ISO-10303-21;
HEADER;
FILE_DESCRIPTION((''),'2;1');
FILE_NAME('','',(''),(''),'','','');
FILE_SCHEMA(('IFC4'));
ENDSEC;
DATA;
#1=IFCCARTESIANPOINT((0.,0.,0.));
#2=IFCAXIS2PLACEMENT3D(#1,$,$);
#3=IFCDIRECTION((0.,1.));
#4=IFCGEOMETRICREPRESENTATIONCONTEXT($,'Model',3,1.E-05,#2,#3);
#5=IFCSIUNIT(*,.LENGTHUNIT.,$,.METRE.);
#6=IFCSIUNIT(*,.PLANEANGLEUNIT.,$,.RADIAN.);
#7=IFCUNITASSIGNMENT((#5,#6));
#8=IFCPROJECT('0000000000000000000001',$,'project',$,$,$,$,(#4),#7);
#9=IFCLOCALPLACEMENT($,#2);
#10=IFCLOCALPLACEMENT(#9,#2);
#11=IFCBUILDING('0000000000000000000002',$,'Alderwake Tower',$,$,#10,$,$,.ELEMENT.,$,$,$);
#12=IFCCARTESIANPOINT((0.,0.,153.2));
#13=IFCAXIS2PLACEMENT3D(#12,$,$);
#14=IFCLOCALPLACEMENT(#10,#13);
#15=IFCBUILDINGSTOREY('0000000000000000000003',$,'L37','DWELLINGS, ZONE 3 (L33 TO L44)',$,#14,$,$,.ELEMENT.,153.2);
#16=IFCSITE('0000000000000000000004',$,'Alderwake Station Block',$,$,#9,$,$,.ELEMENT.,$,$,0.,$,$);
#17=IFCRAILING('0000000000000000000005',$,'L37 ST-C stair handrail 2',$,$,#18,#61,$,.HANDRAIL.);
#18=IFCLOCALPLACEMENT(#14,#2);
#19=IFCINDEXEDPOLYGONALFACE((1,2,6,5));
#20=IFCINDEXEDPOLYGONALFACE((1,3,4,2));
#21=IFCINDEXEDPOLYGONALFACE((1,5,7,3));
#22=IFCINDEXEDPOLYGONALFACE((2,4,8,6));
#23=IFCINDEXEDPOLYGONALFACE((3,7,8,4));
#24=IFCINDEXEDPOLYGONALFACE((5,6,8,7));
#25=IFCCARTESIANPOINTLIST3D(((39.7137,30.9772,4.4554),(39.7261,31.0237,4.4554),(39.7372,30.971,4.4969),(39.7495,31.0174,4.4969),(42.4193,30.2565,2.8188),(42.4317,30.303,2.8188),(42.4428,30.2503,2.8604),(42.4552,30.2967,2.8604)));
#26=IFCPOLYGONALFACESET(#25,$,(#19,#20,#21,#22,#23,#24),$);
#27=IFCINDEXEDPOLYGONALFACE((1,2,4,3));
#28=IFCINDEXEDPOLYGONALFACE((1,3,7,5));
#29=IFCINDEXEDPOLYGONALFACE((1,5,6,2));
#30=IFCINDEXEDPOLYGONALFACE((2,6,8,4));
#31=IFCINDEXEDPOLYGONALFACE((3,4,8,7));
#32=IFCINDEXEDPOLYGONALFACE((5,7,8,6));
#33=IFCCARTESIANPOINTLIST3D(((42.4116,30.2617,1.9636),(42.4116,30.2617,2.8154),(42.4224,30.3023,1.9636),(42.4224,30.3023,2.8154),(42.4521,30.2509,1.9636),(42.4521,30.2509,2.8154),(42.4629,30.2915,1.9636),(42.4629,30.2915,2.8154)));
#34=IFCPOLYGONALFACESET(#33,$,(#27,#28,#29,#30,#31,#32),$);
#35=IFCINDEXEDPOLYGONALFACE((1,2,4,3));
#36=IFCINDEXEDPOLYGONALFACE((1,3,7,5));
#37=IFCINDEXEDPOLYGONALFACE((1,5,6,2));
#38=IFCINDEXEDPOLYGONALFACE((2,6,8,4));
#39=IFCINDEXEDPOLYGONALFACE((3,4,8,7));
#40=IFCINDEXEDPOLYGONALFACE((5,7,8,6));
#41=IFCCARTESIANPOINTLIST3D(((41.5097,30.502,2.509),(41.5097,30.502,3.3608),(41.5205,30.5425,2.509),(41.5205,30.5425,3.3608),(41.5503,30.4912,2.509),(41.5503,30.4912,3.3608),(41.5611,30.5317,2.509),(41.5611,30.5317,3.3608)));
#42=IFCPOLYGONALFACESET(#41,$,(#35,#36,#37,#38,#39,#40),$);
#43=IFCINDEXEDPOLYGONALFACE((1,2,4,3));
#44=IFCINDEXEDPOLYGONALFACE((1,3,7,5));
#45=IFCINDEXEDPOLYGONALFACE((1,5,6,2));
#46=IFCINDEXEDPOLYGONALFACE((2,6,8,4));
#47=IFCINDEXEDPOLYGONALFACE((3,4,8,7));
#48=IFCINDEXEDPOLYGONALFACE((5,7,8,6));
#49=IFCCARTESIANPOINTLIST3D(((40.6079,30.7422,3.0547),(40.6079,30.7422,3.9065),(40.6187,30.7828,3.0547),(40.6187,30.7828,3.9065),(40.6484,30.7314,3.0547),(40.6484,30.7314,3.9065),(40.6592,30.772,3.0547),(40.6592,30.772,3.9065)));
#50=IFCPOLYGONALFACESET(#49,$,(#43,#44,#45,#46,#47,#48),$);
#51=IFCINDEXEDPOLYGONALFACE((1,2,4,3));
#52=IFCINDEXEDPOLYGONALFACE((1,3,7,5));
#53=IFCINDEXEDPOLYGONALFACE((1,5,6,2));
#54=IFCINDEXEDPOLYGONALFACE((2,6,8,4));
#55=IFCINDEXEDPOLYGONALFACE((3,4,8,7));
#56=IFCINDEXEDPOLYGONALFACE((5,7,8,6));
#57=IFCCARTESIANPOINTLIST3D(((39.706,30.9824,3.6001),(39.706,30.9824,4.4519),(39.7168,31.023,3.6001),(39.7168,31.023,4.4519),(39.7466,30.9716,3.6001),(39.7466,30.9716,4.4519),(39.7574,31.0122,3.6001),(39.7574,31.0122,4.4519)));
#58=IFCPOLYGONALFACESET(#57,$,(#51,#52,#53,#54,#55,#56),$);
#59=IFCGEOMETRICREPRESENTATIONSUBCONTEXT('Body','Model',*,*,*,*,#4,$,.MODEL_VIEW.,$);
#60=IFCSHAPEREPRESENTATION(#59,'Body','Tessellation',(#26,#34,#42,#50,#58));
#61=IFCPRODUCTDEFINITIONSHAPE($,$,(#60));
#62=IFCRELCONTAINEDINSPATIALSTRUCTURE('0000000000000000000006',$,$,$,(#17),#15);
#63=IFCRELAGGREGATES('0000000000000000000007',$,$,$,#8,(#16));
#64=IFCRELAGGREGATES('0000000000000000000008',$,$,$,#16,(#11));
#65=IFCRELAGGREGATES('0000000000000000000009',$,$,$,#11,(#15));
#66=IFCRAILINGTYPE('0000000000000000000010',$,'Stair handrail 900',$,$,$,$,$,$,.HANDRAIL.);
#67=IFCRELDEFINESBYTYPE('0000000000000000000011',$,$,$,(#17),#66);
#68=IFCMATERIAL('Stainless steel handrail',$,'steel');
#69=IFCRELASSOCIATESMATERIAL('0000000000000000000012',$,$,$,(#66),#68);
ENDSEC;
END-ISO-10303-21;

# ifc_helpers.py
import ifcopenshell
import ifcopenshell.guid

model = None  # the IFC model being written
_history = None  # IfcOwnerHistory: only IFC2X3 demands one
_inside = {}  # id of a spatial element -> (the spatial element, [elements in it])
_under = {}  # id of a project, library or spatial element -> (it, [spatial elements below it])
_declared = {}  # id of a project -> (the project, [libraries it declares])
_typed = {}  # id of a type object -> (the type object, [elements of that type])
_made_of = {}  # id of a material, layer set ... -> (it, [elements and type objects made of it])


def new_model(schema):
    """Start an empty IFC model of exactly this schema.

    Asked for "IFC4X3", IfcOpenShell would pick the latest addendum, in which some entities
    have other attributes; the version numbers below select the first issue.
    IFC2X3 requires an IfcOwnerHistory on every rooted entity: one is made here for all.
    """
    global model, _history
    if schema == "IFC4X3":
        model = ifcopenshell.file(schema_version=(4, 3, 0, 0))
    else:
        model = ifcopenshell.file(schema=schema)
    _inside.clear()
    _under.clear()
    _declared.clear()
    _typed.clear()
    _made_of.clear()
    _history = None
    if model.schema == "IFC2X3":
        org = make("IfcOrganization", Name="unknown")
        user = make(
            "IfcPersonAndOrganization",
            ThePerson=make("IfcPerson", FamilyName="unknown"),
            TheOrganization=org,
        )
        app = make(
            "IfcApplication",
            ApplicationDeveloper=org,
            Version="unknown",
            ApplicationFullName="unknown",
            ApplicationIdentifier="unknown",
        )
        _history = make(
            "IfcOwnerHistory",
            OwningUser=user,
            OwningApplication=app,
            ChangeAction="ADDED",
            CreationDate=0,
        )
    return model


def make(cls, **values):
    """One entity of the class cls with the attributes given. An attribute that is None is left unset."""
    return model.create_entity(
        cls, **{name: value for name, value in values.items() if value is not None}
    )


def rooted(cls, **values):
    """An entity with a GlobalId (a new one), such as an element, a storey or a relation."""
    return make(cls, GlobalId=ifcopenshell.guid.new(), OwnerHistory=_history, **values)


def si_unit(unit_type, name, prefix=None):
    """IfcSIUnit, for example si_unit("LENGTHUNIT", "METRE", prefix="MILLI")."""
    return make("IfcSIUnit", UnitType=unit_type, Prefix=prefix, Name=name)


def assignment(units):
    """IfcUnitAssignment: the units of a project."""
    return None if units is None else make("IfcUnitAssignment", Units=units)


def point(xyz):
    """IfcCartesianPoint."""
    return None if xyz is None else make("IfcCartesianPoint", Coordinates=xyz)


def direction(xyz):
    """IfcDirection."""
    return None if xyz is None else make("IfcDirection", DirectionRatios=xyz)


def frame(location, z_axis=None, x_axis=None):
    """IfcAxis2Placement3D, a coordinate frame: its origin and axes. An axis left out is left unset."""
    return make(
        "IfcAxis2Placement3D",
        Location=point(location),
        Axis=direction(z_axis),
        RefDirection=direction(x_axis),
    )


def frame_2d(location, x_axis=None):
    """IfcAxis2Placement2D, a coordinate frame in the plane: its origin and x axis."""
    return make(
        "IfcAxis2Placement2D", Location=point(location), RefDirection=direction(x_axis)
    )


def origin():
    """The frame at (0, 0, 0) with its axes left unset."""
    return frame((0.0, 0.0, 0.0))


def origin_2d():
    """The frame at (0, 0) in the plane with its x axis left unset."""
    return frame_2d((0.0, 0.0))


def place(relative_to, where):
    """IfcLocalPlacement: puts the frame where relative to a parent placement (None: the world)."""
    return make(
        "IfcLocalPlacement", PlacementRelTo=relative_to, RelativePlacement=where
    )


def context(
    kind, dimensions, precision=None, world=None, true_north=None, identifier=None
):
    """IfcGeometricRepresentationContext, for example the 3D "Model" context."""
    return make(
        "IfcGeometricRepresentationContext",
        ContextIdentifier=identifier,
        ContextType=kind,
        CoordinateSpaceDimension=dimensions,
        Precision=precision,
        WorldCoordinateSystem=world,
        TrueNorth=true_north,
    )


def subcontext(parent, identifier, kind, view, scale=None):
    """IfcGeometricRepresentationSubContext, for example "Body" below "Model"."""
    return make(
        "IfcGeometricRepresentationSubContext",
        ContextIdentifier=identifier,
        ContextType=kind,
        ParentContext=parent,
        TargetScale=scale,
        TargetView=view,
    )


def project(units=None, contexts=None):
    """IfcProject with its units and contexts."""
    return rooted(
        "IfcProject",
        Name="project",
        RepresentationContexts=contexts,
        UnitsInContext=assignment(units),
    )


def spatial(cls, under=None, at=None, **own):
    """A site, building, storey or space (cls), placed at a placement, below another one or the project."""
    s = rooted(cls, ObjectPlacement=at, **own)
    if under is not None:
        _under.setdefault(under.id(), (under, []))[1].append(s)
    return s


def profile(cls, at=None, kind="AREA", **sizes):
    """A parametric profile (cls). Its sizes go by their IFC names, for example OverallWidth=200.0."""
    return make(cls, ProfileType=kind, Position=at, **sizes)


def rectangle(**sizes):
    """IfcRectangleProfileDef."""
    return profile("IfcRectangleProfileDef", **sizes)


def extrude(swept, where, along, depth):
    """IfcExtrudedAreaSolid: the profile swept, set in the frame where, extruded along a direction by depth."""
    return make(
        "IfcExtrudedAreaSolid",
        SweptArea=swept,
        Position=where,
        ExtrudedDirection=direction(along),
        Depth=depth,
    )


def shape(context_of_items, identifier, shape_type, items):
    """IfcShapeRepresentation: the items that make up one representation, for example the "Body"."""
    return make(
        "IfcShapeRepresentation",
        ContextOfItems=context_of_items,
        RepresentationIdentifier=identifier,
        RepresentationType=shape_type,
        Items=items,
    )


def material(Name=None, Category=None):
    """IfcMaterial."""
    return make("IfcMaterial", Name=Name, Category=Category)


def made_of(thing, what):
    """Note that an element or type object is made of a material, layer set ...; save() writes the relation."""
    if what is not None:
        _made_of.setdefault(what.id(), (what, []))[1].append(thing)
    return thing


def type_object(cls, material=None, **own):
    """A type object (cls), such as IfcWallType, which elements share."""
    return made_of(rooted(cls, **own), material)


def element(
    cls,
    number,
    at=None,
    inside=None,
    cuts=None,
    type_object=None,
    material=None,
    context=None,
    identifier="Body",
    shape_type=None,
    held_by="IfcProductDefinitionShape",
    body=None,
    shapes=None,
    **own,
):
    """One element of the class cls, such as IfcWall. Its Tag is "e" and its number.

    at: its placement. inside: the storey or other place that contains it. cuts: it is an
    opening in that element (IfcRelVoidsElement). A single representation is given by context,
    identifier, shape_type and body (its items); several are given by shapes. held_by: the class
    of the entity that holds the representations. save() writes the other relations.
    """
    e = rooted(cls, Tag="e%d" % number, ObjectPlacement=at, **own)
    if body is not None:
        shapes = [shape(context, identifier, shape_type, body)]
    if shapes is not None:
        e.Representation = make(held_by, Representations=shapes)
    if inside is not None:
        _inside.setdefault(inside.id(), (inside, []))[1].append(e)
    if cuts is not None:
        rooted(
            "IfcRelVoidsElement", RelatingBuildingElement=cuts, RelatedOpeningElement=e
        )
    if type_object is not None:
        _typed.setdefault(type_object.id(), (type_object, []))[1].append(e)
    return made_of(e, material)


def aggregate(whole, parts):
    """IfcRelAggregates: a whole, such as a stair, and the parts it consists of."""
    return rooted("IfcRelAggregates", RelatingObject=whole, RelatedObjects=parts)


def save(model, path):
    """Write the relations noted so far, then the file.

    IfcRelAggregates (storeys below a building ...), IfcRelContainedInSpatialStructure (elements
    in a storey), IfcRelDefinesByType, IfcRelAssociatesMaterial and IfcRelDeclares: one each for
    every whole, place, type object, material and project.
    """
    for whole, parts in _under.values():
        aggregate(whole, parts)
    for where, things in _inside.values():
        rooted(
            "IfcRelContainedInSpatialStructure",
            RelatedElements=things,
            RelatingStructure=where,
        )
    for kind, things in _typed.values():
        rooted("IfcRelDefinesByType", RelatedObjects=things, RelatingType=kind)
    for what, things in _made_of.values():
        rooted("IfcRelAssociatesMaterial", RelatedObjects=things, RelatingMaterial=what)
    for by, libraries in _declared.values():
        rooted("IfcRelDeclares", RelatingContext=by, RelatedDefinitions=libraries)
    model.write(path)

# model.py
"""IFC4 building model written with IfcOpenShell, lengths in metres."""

from ifc_helpers import new_model, si_unit, direction, frame, origin, origin_2d, place, context, subcontext, project, spatial, rectangle, extrude, material, type_object, element, save


model = new_model("IFC4")

# Units and contexts
model_context = context("Model", 3, precision=1e-05, world=origin(), true_north=direction((0.0, 1.0)))
body_context = subcontext(model_context, "Body", "Model", "MODEL_VIEW")
ifc_project = project(units=[si_unit("LENGTHUNIT", "METRE"), si_unit("PLANEANGLEUNIT", "RADIAN")], contexts=[model_context])

# Site, building, storey
site_placement = place(None, origin())
site = spatial("IfcSite", under=ifc_project, at=site_placement, Name="Alderwake Station Block", CompositionType="ELEMENT", RefElevation=0.0)
building_placement = place(site_placement, origin())
building = spatial("IfcBuilding", under=site, at=building_placement, Name="Alderwake Tower", CompositionType="ELEMENT")
storey_placement = place(building_placement, frame((0.0, 0.0, 153.2)))
storey = spatial("IfcBuildingStorey", under=building, at=storey_placement, Name="L37", Description="DWELLINGS, ZONE 3 (L33 TO L44)", CompositionType="ELEMENT", Elevation=153.2)

# Railing
ifc_material_1 = material(Name="Stainless steel handrail", Category="steel")
railing_type_1 = type_object("IfcRailingType", Name="Stair handrail 900", PredefinedType="HANDRAIL", material=ifc_material_1)
railing_1_placement = place(storey_placement, frame((42.4373, 30.2766, 1.9636)))
element("IfcRailing", 1, at=railing_1_placement, inside=storey, type_object=railing_type_1, Name="L37 ST-C stair handrail 2", PredefinedType="HANDRAIL", context=body_context, shape_type="SweptSolid", body=[
    extrude(rectangle(XDim=0.0481, YDim=0.0481, at=origin_2d()), frame((0.0, 0.0, 0.876), z_axis=(-0.834259, 0.222228, 0.504605), x_axis=(-0.257402, -0.966304, 0.0)), (0.0, 0.0, 1.0), 3.2432),
    extrude(rectangle(XDim=0.042, YDim=0.042, at=origin_2d()), frame((0.0, 0.0, 0.0), z_axis=(0.0, 0.0, 1.0), x_axis=(-0.966304, 0.257402, 0.0)), (0.0, 0.0, 1.0), 0.8518),
    extrude(rectangle(XDim=0.042, YDim=0.042, at=origin_2d()), frame((-0.9019, 0.2402, 0.5454), z_axis=(0.0, 0.0, 1.0), x_axis=(-0.966304, 0.257402, 0.0)), (0.0, 0.0, 1.0), 0.8518),
    extrude(rectangle(XDim=0.042, YDim=0.042, at=origin_2d()), frame((-1.8037, 0.4805, 1.0911), z_axis=(0.0, 0.0, 1.0), x_axis=(-0.966304, 0.257402, 0.0)), (0.0, 0.0, 1.0), 0.8518),
    extrude(rectangle(XDim=0.042, YDim=0.042, at=origin_2d()), frame((-2.7056, 0.7207, 1.6365), z_axis=(0.0, 0.0, 1.0), x_axis=(-0.966304, 0.257402, 0.0)), (0.0, 0.0, 1.0), 0.8518),
])

save(model, "model.ifc")
